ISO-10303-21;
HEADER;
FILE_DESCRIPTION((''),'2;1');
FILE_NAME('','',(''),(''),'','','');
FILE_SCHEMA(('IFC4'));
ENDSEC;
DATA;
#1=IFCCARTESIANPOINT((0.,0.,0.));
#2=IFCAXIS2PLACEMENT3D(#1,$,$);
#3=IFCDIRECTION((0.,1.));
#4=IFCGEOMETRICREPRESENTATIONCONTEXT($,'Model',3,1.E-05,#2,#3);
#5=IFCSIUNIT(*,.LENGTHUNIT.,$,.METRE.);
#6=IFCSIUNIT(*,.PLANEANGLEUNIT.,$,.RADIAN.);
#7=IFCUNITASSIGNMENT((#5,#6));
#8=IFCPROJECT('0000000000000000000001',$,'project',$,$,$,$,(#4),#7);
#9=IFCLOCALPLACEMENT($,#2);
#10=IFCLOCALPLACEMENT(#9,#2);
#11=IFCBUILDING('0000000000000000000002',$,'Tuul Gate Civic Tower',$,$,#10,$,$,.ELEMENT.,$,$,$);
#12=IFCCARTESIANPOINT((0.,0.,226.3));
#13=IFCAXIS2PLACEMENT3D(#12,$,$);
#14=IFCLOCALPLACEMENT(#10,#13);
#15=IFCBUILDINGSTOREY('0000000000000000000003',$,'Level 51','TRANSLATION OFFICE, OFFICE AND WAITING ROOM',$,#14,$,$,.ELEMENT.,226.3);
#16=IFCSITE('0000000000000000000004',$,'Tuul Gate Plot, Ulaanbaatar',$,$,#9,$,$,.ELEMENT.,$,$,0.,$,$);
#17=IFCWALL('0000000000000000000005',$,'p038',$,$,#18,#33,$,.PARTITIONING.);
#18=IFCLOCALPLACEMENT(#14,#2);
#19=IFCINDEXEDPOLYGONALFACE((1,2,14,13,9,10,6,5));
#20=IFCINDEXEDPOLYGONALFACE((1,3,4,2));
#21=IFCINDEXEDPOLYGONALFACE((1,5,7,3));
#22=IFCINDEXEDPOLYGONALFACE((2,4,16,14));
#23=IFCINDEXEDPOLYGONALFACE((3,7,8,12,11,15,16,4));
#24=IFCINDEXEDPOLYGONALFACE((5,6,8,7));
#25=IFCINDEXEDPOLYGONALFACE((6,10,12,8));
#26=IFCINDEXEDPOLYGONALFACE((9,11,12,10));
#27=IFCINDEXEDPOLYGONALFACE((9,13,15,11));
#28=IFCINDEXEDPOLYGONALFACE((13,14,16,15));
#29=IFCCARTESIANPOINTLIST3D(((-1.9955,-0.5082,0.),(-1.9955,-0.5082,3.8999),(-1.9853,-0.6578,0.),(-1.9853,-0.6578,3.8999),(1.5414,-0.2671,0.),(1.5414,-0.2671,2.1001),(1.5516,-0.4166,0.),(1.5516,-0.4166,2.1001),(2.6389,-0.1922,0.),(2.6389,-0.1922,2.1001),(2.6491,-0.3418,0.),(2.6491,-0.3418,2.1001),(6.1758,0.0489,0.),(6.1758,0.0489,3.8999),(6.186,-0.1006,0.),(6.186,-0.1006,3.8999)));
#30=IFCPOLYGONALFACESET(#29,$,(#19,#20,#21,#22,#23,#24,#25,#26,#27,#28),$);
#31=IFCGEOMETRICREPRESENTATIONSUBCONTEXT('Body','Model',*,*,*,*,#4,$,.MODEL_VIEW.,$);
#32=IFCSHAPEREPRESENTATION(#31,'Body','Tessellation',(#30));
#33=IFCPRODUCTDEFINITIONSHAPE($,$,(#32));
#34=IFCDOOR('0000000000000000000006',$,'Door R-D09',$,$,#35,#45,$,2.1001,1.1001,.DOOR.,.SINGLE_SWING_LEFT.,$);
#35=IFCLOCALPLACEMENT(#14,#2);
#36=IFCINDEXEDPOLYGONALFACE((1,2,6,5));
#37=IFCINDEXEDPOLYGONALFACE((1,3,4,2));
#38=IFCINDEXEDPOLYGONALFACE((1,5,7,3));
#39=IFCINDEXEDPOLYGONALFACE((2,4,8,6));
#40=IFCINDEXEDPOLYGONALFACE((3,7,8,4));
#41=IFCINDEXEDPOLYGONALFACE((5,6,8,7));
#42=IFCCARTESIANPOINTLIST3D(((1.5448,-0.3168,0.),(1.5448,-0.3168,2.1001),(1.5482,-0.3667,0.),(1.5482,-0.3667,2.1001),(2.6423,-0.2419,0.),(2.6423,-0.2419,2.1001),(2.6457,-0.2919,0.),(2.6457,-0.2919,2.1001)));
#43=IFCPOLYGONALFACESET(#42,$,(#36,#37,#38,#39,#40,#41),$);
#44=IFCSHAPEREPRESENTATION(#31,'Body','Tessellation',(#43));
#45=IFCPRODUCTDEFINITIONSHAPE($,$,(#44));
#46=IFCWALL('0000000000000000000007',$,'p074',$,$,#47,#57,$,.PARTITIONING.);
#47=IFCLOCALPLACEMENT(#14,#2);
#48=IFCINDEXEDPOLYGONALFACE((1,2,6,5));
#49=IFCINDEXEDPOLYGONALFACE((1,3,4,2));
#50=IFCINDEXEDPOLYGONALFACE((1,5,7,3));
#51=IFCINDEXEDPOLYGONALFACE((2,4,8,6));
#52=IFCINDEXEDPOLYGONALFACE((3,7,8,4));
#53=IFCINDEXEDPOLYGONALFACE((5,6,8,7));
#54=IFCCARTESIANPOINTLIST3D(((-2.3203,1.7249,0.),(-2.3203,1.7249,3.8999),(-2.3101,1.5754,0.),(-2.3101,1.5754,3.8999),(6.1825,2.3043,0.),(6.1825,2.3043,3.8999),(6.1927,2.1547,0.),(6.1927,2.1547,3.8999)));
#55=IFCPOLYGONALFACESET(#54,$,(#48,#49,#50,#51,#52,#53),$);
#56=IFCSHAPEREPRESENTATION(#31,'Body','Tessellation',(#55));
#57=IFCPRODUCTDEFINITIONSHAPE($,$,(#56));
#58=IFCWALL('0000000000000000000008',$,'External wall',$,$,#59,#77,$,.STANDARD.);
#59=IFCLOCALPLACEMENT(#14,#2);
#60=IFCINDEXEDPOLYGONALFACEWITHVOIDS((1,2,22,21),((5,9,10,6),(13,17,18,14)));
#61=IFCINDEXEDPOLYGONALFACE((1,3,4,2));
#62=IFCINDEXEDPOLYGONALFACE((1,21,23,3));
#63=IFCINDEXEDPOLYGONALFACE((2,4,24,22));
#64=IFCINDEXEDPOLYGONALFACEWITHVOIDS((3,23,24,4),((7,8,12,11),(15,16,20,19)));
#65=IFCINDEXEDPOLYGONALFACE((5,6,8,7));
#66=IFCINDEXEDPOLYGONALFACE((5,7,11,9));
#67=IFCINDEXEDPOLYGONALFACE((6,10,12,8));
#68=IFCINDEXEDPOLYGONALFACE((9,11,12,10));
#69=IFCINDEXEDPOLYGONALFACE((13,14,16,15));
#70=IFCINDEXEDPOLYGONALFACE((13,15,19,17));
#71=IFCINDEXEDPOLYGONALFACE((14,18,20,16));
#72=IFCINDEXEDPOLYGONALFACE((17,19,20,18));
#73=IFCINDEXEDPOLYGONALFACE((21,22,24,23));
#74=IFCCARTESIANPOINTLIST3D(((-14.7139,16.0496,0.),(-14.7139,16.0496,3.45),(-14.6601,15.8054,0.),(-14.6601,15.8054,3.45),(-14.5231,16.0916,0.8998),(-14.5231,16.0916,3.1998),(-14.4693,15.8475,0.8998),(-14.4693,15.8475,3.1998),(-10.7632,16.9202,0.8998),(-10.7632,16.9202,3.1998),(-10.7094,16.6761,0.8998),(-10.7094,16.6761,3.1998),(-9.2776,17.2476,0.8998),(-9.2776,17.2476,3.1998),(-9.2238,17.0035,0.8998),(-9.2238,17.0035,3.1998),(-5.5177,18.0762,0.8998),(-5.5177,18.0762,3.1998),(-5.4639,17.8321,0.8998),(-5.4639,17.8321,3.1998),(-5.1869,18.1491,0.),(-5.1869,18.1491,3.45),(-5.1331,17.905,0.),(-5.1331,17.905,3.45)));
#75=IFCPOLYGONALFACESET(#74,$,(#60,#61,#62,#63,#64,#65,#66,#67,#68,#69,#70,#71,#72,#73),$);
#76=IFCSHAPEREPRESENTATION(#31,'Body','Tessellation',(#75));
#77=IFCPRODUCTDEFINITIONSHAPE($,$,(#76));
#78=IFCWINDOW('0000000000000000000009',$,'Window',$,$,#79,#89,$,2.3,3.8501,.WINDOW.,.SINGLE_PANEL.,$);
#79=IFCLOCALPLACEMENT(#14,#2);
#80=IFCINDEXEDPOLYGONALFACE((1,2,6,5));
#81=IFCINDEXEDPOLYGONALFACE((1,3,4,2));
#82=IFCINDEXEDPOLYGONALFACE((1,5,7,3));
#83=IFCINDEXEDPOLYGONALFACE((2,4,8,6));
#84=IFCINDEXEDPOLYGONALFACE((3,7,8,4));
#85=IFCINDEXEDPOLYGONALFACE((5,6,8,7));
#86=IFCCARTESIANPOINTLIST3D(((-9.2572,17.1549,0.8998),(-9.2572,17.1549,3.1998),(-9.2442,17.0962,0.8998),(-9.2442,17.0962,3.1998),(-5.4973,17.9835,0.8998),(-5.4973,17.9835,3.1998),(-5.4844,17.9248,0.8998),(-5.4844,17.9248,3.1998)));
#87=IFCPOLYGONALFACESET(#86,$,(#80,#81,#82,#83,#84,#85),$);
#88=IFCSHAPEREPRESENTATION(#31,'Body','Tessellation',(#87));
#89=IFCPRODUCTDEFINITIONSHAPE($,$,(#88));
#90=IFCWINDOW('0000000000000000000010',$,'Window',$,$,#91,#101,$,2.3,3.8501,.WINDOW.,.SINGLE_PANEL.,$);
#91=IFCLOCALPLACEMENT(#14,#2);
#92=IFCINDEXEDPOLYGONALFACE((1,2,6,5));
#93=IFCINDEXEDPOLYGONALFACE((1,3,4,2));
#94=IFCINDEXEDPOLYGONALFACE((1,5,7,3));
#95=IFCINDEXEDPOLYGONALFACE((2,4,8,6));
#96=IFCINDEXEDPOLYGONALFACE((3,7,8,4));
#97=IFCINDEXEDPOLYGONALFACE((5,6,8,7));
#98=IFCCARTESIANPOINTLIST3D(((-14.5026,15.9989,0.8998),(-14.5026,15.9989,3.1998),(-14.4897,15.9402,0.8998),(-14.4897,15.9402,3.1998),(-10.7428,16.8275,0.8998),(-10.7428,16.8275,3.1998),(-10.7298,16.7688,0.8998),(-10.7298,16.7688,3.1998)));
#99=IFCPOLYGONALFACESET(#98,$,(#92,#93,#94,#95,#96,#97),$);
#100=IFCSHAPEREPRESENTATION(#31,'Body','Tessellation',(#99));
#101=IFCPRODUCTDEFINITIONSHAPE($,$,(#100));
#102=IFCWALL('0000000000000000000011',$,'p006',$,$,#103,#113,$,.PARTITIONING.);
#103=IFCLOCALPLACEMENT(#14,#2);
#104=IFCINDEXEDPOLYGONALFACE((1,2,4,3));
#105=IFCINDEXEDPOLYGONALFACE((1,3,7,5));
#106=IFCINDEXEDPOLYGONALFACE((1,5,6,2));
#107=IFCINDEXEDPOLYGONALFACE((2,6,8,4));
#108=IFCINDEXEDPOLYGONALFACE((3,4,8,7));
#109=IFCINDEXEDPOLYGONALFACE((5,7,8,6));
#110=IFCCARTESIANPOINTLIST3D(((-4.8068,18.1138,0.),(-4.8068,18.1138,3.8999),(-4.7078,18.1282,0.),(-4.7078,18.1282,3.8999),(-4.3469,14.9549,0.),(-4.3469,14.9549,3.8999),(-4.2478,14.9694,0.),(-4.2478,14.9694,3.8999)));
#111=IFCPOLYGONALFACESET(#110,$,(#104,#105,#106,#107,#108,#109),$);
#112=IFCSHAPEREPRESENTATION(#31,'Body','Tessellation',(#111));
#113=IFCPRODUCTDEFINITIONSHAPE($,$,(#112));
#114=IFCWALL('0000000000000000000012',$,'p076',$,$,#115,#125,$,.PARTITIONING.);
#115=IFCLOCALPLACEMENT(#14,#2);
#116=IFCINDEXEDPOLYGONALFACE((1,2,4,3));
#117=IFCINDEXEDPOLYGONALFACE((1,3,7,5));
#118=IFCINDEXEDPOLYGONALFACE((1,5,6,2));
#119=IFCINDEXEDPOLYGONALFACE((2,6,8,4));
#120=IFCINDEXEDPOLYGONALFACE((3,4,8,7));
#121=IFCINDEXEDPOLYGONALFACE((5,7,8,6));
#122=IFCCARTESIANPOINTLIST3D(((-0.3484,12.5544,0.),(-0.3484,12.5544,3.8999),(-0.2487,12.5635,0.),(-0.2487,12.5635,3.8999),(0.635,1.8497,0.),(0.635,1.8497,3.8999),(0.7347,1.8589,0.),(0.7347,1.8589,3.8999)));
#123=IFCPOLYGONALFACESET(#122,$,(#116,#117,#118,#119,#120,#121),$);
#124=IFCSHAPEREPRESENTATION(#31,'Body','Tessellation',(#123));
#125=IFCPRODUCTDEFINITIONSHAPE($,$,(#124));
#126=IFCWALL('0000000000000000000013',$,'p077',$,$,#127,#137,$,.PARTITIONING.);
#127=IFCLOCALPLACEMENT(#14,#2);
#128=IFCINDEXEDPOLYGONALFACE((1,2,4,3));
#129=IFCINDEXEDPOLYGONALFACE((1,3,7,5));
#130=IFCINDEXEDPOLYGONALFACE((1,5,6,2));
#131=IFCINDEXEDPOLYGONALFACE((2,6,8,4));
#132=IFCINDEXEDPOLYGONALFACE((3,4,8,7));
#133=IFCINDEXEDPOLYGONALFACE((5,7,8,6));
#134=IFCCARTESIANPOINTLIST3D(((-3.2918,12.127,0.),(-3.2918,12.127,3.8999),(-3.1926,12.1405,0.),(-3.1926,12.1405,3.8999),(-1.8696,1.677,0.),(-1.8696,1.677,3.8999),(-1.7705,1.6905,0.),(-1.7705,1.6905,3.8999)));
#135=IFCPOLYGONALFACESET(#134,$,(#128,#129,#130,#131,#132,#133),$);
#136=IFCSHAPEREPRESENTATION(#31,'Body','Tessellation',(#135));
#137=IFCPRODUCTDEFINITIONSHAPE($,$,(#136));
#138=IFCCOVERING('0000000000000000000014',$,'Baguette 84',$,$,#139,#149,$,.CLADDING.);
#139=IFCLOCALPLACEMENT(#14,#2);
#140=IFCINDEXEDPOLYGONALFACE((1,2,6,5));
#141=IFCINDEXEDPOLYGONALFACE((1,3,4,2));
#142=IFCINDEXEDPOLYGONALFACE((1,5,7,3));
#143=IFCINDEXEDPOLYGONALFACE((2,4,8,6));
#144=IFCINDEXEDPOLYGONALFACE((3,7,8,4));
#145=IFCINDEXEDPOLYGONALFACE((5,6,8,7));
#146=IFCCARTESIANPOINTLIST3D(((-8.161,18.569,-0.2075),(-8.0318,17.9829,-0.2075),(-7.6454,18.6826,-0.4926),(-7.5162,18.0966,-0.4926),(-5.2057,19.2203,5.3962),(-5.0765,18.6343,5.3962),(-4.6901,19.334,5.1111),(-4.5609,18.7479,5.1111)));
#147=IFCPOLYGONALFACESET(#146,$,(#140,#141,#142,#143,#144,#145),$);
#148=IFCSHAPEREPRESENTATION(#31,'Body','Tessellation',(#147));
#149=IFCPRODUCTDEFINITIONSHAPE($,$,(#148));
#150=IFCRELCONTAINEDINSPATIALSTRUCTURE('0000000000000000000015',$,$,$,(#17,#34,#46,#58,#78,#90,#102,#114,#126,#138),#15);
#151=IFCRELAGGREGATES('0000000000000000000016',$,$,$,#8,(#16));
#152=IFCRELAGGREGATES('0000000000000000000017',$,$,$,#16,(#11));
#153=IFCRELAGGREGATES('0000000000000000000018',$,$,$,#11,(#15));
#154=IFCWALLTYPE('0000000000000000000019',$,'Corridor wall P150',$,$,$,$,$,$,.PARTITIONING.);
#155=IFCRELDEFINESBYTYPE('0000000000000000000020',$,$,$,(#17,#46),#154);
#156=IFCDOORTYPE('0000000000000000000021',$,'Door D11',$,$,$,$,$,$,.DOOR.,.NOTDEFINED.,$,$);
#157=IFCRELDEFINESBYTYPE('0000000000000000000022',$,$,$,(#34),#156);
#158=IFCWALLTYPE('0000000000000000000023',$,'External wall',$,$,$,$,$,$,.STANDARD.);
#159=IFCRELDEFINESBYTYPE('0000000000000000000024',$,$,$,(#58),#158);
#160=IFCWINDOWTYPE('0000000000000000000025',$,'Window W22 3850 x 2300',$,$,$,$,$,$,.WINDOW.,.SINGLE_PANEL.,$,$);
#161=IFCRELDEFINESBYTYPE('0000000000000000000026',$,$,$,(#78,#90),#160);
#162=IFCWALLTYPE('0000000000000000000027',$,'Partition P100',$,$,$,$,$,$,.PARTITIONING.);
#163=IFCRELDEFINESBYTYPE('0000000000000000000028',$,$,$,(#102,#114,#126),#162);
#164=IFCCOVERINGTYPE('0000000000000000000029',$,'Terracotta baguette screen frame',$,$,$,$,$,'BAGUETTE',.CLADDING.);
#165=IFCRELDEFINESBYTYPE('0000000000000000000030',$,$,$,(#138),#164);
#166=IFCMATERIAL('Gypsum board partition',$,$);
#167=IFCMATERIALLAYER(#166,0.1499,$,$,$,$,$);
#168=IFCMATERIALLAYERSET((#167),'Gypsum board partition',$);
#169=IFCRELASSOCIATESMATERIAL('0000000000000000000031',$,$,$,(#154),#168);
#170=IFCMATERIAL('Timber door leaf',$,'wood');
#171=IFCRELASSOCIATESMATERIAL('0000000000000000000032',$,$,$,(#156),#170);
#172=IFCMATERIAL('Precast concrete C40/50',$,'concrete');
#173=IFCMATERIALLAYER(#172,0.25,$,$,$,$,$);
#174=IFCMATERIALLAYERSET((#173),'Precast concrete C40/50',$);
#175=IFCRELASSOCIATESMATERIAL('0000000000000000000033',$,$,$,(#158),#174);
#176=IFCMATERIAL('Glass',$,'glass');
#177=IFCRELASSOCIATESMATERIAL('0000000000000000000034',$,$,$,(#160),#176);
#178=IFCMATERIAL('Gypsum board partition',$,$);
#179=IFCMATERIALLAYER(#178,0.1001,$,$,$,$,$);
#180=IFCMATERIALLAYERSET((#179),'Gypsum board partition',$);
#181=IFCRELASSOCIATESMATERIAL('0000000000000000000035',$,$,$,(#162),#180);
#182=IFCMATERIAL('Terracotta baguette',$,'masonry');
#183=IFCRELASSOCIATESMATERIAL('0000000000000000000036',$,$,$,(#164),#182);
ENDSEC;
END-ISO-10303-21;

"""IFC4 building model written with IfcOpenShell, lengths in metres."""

from ifc_helpers import new_model, si_unit, direction, frame, frame_2d, origin, origin_2d, place, context, subcontext, project, spatial, rectangle, extrude, material, layer, layer_set, material_profile, profile_set, type_object, element, fill, save


model = new_model("IFC4")

# Units and contexts
model_context = context("Model", 3, precision=1e-05, world=origin(), true_north=direction((0.0, 1.0)))
body_context = subcontext(model_context, "Body", "Model", "MODEL_VIEW")
ifc_project = project(units=[si_unit("LENGTHUNIT", "METRE"), si_unit("PLANEANGLEUNIT", "RADIAN")], contexts=[model_context])

# Site, building, storey
site_placement = place(None, origin())
site = spatial("IfcSite", under=ifc_project, at=site_placement, Name="Tuul Gate Plot, Ulaanbaatar", CompositionType="ELEMENT", RefElevation=0.0)
building_placement = place(site_placement, origin())
building = spatial("IfcBuilding", under=site, at=building_placement, Name="Tuul Gate Civic Tower", CompositionType="ELEMENT")
storey_placement = place(building_placement, frame((0.0, 0.0, 226.3)))
storey = spatial("IfcBuildingStorey", under=building, at=storey_placement, Name="Level 51", Description="TRANSLATION OFFICE, OFFICE AND WAITING ROOM", CompositionType="ELEMENT", Elevation=226.3)

# Shared definitions
ifc_material_1 = material(Name="Gypsum board partition")
ifc_layer_1 = layer(ifc_material_1, 0.1499)
ifc_layer_set_1 = layer_set([ifc_layer_1], Name="Gypsum board partition")
wall_type_1 = type_object("IfcWallType", Name="Corridor wall P150", PredefinedType="PARTITIONING", material=ifc_layer_set_1)

# Wall, opening, door
wall_1_placement = place(storey_placement, frame((-1.9905, -0.583, 0.0), z_axis=(0.0, 0.0, 1.0), x_axis=(0.997684, 0.068025, 0.0)))
wall_1 = element("IfcWall", 1, at=wall_1_placement, inside=storey, type_object=wall_type_1, Name="p038", PredefinedType="PARTITIONING", context=body_context, shape_type="SweptSolid", body=[
    extrude(rectangle(XDim=8.1902, YDim=0.1499, at=frame_2d((4.0952, 0.0))), origin(), (0.0, 0.0, 1.0), 3.8999),
])
opening_1_placement = place(wall_1_placement, frame((3.5452, 0.0, 0.0)))
opening_1 = element("IfcOpeningElement", 2, at=opening_1_placement, cuts=wall_1, PredefinedType="OPENING", context=body_context, shape_type="SweptSolid", body=[
    extrude(rectangle(XDim=1.1001, YDim=2.1001, at=frame_2d((0.55, 1.05))), frame((0.0, 0.085, 0.0), z_axis=(0.0, -1.0, 0.0), x_axis=(1.0, 0.0, 0.0)), (0.0, 0.0, 1.0), 0.1699),
])
ifc_material_2 = material(Name="Timber door leaf", Category="wood")
door_type = type_object("IfcDoorType", Name="Door D11", OperationType="NOTDEFINED", PredefinedType="DOOR", material=ifc_material_2)
door_placement = place(opening_1_placement, frame((1.1001, 0.0, 0.0), z_axis=(0.0, 0.0, 1.0), x_axis=(-1.0, 0.0, 0.0)))
door = element("IfcDoor", 3, at=door_placement, inside=storey, type_object=door_type, Name="Door R-D09", OperationType="SINGLE_SWING_LEFT", OverallHeight=2.1001, OverallWidth=1.1001, PredefinedType="DOOR", context=body_context, shape_type="SweptSolid", body=[
    extrude(rectangle(XDim=1.1001, YDim=2.1001, at=frame_2d((0.55, 1.05))), frame((0.0, 0.0249, 0.0), z_axis=(0.0, -1.0, 0.0), x_axis=(1.0, 0.0, 0.0)), (0.0, 0.0, 1.0), 0.05),
])
fill(opening_1, door)

# Wall
wall_2_placement = place(storey_placement, frame((-2.3152, 1.6501, 0.0), z_axis=(0.0, 0.0, 1.0), x_axis=(0.997687, 0.067979, 0.0)))
element("IfcWall", 4, at=wall_2_placement, inside=storey, type_object=wall_type_1, Name="p074", PredefinedType="PARTITIONING", context=body_context, shape_type="SweptSolid", body=[
    extrude(rectangle(XDim=8.5225, YDim=0.1499, at=frame_2d((4.2612, 0.0))), origin(), (0.0, 0.0, 1.0), 3.8999),
])

# Wall, openings, windows
ifc_material_3 = material(Name="Precast concrete C40/50", Category="concrete")
ifc_layer_2 = layer(ifc_material_3, 0.25)
ifc_layer_set_2 = layer_set([ifc_layer_2], Name="Precast concrete C40/50")
wall_type_2 = type_object("IfcWallType", Name="External wall", PredefinedType="STANDARD", material=ifc_layer_set_2)
wall_3_placement = place(storey_placement, frame((-5.1599, 18.0271, 0.0), z_axis=(0.0, 0.0, 1.0), x_axis=(-0.976566, -0.215218, 0.0)))
wall_3 = element("IfcWall", 5, at=wall_3_placement, inside=storey, type_object=wall_type_2, Name="External wall", PredefinedType="STANDARD", context=body_context, shape_type="SweptSolid", body=[
    extrude(rectangle(XDim=9.7556, YDim=0.25, at=frame_2d((4.8779, 0.0))), origin(), (0.0, 0.0, 1.0), 3.45),
])
opening_2_placement = place(wall_3_placement, frame((0.3389, 0.0, 0.8999)))
opening_2 = element("IfcOpeningElement", 6, at=opening_2_placement, cuts=wall_3, PredefinedType="OPENING", context=body_context, shape_type="SweptSolid", body=[
    extrude(rectangle(XDim=3.8501, YDim=2.3, at=frame_2d((1.925, 1.1499))), frame((0.0, 0.135, 0.0), z_axis=(0.0, -1.0, 0.0), x_axis=(1.0, 0.0, 0.0)), (0.0, 0.0, 1.0), 0.27),
])
opening_3_placement = place(wall_3_placement, frame((5.7102, 0.0, 0.8999)))
opening_3 = element("IfcOpeningElement", 7, at=opening_3_placement, cuts=wall_3, PredefinedType="OPENING", context=body_context, shape_type="SweptSolid", body=[
    extrude(rectangle(XDim=3.8501, YDim=2.3, at=frame_2d((1.925, 1.1499))), frame((0.0, 0.135, 0.0), z_axis=(0.0, -1.0, 0.0), x_axis=(1.0, 0.0, 0.0)), (0.0, 0.0, 1.0), 0.27),
])
ifc_material_4 = material(Name="Glass", Category="glass")
window_type = type_object("IfcWindowType", Name="Window W22 3850 x 2300", PartitioningType="SINGLE_PANEL", PredefinedType="WINDOW", material=ifc_material_4)
window_1_placement = place(opening_2_placement, origin())
window_1 = element("IfcWindow", 8, at=window_1_placement, inside=storey, type_object=window_type, Name="Window", OverallHeight=2.3, OverallWidth=3.8501, PartitioningType="SINGLE_PANEL", PredefinedType="WINDOW", context=body_context, shape_type="SweptSolid", body=[
    extrude(rectangle(XDim=3.8501, YDim=2.3, at=frame_2d((1.925, 1.1499))), frame((0.0, 0.03, 0.0), z_axis=(0.0, -1.0, 0.0), x_axis=(1.0, 0.0, 0.0)), (0.0, 0.0, 1.0), 0.0601),
])
fill(opening_2, window_1)
window_2_placement = place(opening_3_placement, origin())
window_2 = element("IfcWindow", 9, at=window_2_placement, inside=storey, type_object=window_type, Name="Window", OverallHeight=2.3, OverallWidth=3.8501, PartitioningType="SINGLE_PANEL", PredefinedType="WINDOW", context=body_context, shape_type="SweptSolid", body=[
    extrude(rectangle(XDim=3.8501, YDim=2.3, at=frame_2d((1.925, 1.1499))), frame((0.0, 0.03, 0.0), z_axis=(0.0, -1.0, 0.0), x_axis=(1.0, 0.0, 0.0)), (0.0, 0.0, 1.0), 0.0601),
])
fill(opening_3, window_2)

# Walls
ifc_material_5 = material(Name="Gypsum board partition")
ifc_layer_3 = layer(ifc_material_5, 0.1001)
ifc_layer_set_3 = layer_set([ifc_layer_3], Name="Gypsum board partition")
wall_type_3 = type_object("IfcWallType", Name="Partition P100", PredefinedType="PARTITIONING", material=ifc_layer_set_3)
wall_4_placement = place(storey_placement, frame((-4.7573, 18.1211, 0.0), z_axis=(0.0, 0.0, 1.0), x_axis=(0.144087, -0.989565, 0.0)))
element("IfcWall", 10, at=wall_4_placement, inside=storey, type_object=wall_type_3, Name="p006", PredefinedType="PARTITIONING", context=body_context, shape_type="SweptSolid", body=[
    extrude(rectangle(XDim=3.1921, YDim=0.1001, at=frame_2d((1.5962, 0.0))), origin(), (0.0, 0.0, 1.0), 3.8999),
])
wall_5_placement = place(storey_placement, frame((-0.2986, 12.5591, 0.0), z_axis=(0.0, 0.0, 1.0), x_axis=(0.091482, -0.995807, 0.0)))
element("IfcWall", 11, at=wall_5_placement, inside=storey, type_object=wall_type_3, Name="p076", PredefinedType="PARTITIONING", context=body_context, shape_type="SweptSolid", body=[
    extrude(rectangle(XDim=10.7498, YDim=0.1001, at=frame_2d((5.375, 0.0))), origin(), (0.0, 0.0, 1.0), 3.8999),
])
wall_6_placement = place(storey_placement, frame((-3.2422, 12.1338, 0.0), z_axis=(0.0, 0.0, 1.0), x_axis=(0.134846, -0.990867, 0.0)))
element("IfcWall", 12, at=wall_6_placement, inside=storey, type_object=wall_type_3, Name="p077", PredefinedType="PARTITIONING", context=body_context, shape_type="SweptSolid", body=[
    extrude(rectangle(XDim=10.5464, YDim=0.1001, at=frame_2d((5.2732, 0.0))), origin(), (0.0, 0.0, 1.0), 3.8999),
])

# Covering
ifc_material_6 = material(Name="Terracotta baguette", Category="masonry")
ifc_material_profile_1 = material_profile(ifc_material_6, rectangle(XDim=0.6001, YDim=0.6001, at=origin_2d()), Name="Terracotta baguette screen frame")
ifc_profile_set_1 = profile_set([ifc_material_profile_1], Name="Terracotta baguette")
covering_type = type_object("IfcCoveringType", Name="Terracotta baguette screen frame", ElementType="BAGUETTE", PredefinedType="CLADDING", material=ifc_profile_set_1)
covering_placement = place(storey_placement, frame((-4.8833, 18.9841, 5.2537), z_axis=(-0.464039, -0.102276, -0.879891), x_axis=(0.215239, -0.976561, 0.0)))
element("IfcCovering", 13, at=covering_placement, inside=storey, type_object=covering_type, Name="Baguette 84", PredefinedType="CLADDING", context=body_context, shape_type="SweptSolid", body=[
    extrude(rectangle(XDim=0.6001, YDim=0.6001, at=origin_2d()), origin(), (0.0, 0.0, 1.0), 6.3687),
])

save(model, "model.ifc")
